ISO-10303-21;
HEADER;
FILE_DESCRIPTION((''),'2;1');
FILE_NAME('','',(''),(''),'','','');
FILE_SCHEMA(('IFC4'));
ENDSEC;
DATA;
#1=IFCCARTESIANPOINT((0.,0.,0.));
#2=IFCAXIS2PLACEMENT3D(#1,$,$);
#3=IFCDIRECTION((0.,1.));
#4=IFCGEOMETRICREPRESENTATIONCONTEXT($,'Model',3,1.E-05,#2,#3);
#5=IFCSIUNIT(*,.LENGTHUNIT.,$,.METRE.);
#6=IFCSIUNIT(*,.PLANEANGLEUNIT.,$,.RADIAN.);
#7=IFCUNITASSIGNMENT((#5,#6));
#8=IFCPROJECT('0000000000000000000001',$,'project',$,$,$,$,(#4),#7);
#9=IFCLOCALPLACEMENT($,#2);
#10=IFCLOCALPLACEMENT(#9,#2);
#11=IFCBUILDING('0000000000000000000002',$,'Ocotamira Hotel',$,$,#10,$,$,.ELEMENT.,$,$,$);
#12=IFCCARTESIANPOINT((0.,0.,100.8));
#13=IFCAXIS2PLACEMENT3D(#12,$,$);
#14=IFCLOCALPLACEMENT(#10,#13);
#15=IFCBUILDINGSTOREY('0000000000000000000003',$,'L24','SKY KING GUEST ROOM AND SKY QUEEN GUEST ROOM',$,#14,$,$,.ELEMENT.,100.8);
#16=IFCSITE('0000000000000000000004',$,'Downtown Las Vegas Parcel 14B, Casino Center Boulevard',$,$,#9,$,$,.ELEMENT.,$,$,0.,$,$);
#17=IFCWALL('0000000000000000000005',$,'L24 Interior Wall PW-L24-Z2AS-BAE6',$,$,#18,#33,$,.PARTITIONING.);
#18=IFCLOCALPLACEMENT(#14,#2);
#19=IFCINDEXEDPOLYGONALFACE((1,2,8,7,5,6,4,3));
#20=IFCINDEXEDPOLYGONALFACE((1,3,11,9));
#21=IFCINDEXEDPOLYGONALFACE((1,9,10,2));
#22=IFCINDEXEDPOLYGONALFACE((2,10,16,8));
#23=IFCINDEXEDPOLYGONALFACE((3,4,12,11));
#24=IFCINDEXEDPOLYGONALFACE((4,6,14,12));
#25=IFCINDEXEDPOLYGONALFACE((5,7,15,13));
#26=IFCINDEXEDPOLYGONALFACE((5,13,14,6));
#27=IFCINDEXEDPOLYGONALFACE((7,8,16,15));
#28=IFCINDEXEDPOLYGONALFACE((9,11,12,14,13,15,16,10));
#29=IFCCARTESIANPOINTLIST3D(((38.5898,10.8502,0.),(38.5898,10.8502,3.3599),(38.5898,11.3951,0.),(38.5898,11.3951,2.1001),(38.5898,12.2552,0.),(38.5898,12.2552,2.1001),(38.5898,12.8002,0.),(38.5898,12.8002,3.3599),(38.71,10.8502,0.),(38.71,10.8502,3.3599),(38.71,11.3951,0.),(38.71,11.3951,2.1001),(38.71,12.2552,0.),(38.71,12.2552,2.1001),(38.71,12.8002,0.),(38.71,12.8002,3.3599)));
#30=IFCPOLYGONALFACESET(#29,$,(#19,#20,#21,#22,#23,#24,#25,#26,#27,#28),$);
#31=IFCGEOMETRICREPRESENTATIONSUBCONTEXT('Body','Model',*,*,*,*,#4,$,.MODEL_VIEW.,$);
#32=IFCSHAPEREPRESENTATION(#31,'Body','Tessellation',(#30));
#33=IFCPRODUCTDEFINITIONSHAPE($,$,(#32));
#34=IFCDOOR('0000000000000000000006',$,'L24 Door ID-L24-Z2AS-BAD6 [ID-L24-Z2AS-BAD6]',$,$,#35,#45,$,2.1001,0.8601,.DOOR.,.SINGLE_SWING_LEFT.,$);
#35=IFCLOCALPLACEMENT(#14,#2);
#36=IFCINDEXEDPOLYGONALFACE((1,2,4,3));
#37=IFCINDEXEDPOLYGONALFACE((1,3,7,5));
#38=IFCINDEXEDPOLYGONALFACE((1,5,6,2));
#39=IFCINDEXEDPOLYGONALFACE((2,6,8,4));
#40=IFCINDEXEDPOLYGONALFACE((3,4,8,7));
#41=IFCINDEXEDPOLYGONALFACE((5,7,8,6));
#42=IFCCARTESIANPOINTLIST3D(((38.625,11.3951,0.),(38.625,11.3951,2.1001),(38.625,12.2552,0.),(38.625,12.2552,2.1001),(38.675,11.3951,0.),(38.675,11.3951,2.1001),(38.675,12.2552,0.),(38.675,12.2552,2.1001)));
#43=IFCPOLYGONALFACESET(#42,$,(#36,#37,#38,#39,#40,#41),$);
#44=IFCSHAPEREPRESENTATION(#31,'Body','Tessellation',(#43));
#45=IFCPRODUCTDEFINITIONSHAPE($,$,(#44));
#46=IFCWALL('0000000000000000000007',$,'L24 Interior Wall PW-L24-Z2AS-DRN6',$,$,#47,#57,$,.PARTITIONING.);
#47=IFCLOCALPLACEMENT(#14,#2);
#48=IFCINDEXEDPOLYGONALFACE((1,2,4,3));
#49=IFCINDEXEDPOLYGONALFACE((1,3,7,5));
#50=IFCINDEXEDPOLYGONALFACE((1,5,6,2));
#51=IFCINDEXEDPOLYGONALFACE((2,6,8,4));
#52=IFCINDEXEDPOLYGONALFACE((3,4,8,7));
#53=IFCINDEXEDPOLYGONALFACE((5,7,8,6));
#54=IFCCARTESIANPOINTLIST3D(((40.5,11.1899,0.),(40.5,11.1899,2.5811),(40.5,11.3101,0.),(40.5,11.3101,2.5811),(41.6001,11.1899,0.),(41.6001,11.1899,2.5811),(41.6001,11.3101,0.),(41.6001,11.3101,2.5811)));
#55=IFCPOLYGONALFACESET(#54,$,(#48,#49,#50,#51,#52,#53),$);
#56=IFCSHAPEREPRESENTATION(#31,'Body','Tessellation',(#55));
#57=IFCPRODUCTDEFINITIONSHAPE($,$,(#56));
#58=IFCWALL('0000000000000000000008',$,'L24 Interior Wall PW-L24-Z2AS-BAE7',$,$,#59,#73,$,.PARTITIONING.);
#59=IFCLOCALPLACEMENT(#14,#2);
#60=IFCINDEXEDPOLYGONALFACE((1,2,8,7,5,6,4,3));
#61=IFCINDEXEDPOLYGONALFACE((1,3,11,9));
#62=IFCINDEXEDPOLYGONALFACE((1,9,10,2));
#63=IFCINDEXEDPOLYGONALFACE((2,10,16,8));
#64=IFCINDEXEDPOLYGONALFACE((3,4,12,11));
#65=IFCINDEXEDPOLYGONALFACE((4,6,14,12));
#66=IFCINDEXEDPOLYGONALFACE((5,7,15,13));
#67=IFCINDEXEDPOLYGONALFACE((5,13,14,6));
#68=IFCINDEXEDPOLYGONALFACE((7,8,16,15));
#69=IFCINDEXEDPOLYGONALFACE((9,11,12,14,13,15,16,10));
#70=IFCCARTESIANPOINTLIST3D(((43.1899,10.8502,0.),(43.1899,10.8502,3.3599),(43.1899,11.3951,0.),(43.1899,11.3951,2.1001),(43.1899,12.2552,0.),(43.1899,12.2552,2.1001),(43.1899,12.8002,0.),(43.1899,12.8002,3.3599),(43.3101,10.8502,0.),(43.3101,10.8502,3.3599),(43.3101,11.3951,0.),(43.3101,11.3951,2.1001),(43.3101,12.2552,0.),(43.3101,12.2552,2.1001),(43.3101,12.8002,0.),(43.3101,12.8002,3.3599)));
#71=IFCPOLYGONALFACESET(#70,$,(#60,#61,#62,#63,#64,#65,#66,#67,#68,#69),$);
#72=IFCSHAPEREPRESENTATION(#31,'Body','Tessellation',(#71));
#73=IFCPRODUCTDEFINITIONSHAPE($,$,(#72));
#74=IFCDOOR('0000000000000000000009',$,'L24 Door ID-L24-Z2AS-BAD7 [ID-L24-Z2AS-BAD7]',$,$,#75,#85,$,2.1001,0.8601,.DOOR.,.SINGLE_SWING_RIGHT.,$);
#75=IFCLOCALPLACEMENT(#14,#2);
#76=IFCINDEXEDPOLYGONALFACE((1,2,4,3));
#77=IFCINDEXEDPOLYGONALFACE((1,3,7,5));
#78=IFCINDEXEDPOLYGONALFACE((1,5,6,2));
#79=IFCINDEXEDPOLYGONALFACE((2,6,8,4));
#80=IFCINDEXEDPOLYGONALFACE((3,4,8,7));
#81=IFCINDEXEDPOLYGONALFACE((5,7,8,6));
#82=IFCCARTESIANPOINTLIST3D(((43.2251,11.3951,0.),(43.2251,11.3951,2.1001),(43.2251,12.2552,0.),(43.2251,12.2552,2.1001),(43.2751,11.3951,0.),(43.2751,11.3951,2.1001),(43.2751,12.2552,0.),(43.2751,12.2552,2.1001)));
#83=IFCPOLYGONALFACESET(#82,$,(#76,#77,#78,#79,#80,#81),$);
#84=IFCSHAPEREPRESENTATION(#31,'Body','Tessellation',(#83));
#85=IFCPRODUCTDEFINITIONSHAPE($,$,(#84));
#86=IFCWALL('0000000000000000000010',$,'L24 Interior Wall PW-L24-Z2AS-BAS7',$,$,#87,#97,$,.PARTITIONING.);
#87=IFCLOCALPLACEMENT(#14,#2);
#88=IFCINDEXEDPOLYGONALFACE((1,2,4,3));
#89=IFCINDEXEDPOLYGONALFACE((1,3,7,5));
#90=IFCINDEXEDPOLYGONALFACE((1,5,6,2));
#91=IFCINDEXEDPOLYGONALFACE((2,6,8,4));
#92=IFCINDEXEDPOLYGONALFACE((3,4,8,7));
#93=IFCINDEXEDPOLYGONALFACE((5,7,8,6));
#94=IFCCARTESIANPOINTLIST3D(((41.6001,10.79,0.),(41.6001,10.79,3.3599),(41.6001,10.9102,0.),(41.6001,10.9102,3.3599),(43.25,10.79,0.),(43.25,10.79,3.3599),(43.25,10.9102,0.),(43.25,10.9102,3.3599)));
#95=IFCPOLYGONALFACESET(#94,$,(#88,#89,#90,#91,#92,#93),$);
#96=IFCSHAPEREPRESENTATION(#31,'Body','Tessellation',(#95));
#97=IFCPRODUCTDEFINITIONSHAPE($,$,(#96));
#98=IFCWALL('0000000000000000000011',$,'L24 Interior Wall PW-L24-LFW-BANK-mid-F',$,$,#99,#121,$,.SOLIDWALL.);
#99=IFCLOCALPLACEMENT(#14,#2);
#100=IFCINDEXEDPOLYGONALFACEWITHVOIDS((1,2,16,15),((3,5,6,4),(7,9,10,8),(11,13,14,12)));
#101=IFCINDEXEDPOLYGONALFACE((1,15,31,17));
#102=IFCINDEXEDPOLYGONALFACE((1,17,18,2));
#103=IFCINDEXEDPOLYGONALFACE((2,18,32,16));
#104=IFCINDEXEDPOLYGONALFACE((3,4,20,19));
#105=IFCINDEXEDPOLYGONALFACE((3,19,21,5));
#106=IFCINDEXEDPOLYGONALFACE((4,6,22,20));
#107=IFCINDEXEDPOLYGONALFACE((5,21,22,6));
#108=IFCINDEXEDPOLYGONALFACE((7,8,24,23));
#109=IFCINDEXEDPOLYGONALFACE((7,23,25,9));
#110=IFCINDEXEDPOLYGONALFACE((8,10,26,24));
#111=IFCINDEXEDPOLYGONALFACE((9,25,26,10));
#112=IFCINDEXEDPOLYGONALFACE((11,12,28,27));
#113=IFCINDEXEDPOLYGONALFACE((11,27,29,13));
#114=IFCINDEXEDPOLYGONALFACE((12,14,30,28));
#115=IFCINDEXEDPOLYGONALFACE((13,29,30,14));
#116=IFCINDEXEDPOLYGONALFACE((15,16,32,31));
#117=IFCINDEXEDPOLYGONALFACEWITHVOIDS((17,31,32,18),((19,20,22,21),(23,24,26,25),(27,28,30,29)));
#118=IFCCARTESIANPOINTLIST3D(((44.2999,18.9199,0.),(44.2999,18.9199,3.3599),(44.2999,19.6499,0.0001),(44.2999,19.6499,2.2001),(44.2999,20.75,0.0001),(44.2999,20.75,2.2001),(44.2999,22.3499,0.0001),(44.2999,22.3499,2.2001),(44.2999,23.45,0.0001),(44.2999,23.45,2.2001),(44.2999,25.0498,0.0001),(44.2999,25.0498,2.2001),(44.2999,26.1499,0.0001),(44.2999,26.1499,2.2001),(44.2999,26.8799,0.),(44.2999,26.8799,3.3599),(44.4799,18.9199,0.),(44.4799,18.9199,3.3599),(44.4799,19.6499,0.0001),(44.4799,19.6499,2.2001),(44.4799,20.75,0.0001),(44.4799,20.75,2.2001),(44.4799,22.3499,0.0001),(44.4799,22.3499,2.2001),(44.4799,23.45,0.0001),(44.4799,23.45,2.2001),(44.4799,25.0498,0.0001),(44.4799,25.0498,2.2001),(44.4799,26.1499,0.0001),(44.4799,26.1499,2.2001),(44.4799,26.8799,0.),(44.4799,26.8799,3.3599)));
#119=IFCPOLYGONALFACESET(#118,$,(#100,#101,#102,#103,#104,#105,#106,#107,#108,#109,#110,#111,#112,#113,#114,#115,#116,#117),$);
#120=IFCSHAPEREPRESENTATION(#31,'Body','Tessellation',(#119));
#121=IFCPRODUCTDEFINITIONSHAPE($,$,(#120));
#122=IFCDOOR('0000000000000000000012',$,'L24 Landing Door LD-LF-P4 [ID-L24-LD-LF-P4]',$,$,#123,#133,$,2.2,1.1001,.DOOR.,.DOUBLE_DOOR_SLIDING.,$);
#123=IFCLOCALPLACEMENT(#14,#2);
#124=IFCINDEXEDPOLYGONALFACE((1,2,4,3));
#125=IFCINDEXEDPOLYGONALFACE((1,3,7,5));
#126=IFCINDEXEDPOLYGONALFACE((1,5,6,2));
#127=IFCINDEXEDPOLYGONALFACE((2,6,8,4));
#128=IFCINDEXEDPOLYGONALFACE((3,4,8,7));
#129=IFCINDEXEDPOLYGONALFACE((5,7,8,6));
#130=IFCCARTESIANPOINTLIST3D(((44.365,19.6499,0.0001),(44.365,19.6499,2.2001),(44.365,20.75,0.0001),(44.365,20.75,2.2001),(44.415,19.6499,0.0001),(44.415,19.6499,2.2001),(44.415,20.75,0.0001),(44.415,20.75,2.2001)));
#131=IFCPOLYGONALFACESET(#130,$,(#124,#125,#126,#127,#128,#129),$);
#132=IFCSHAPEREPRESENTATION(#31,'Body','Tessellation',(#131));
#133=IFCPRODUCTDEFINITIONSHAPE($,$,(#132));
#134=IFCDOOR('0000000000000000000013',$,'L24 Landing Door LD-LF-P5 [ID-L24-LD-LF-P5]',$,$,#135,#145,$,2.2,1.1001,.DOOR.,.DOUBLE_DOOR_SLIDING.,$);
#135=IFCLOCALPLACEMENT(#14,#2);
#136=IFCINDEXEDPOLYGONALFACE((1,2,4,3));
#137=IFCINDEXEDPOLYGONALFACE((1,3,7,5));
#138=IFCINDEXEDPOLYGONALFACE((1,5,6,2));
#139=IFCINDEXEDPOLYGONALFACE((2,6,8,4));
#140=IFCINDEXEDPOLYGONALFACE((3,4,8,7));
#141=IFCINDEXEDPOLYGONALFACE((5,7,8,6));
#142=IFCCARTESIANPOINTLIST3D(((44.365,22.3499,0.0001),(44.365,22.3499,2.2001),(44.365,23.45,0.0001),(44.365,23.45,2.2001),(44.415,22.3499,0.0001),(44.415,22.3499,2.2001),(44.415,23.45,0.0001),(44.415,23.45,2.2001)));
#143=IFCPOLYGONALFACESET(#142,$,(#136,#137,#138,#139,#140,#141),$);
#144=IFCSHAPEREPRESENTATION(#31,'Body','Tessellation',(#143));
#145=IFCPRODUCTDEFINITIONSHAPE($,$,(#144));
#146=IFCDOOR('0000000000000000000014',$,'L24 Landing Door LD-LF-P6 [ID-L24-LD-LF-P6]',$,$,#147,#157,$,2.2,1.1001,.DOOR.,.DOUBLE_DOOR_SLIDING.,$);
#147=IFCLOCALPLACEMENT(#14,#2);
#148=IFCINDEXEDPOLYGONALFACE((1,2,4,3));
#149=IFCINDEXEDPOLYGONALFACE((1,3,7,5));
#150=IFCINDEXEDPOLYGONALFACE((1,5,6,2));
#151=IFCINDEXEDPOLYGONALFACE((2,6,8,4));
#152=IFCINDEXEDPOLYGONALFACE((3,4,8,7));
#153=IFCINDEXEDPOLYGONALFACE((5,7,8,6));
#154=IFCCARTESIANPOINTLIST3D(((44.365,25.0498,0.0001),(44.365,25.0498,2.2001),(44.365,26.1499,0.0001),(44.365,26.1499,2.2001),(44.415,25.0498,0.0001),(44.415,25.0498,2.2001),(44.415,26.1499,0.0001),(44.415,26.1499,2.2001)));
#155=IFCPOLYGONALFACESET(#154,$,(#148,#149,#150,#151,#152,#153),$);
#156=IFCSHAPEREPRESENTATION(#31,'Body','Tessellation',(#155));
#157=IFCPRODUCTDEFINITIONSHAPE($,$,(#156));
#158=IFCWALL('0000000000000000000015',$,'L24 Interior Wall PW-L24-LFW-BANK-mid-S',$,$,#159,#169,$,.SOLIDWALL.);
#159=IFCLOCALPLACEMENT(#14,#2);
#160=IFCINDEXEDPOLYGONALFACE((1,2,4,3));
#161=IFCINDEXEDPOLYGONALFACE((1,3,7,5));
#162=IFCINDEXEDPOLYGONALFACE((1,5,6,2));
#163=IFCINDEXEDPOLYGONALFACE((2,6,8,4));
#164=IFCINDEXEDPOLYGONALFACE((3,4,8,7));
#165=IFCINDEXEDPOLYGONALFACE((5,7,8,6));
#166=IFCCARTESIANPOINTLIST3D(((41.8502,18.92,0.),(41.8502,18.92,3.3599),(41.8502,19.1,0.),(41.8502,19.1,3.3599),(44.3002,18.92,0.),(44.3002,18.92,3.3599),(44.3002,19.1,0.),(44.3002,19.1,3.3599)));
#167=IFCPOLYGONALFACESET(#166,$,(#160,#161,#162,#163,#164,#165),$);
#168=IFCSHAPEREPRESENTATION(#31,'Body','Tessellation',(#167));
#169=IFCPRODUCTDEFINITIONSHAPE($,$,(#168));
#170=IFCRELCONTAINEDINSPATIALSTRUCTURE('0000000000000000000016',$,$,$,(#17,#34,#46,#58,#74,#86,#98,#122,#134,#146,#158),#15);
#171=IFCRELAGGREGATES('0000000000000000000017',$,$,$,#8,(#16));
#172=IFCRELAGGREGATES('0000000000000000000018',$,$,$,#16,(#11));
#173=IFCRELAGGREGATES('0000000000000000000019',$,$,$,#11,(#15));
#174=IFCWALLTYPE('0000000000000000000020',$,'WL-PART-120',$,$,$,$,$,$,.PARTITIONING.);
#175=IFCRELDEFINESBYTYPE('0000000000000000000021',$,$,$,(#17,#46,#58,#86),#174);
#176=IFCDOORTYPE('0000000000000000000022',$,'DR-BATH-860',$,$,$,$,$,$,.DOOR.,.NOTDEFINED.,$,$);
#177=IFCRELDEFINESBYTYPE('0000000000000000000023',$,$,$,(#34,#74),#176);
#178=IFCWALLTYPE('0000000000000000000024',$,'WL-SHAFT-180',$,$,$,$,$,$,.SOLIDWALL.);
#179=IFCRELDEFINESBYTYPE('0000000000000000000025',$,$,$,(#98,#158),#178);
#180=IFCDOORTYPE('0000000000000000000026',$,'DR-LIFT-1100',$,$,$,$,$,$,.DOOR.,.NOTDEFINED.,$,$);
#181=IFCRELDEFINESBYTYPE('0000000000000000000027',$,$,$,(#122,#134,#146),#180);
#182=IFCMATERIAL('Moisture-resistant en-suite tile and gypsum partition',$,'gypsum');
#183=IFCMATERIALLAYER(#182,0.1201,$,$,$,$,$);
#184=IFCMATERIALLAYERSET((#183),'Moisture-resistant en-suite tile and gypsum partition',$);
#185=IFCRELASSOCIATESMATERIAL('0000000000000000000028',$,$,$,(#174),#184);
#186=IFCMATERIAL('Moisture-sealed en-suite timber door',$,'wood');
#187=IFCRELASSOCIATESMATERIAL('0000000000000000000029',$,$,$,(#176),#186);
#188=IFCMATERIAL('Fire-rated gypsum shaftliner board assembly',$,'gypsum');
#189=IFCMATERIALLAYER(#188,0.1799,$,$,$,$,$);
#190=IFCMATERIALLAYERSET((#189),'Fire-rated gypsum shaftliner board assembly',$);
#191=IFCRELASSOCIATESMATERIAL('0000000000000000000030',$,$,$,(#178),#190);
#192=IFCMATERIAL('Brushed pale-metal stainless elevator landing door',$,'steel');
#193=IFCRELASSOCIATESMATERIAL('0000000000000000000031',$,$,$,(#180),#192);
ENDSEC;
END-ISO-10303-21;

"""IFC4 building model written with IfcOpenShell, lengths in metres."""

from ifc_helpers import new_model, si_unit, direction, frame, frame_2d, origin, place, context, subcontext, project, spatial, rectangle, extrude, source, transform, mapped, material, layer, layer_set, type_object, element, fill, save


model = new_model("IFC4")

# Units and contexts
model_context = context("Model", 3, precision=1e-05, world=origin(), true_north=direction((0.0, 1.0)))
body_context = subcontext(model_context, "Body", "Model", "MODEL_VIEW")
ifc_project = project(units=[si_unit("LENGTHUNIT", "METRE"), si_unit("PLANEANGLEUNIT", "RADIAN")], contexts=[model_context])

# Site, building, storey
site_placement = place(None, origin())
site = spatial("IfcSite", under=ifc_project, at=site_placement, Name="Downtown Las Vegas Parcel 14B, Casino Center Boulevard", CompositionType="ELEMENT", RefElevation=0.0)
building_placement = place(site_placement, origin())
building = spatial("IfcBuilding", under=site, at=building_placement, Name="Ocotamira Hotel", CompositionType="ELEMENT")
storey_placement = place(building_placement, frame((0.0, 0.0, 100.8)))
storey = spatial("IfcBuildingStorey", under=building, at=storey_placement, Name="L24", Description="SKY KING GUEST ROOM AND SKY QUEEN GUEST ROOM", CompositionType="ELEMENT", Elevation=100.8)

# Shared definitions
ifc_material_1 = material(Name="Moisture-resistant en-suite tile and gypsum partition", Category="gypsum")
ifc_layer_1 = layer(ifc_material_1, 0.1201)
ifc_layer_set_1 = layer_set([ifc_layer_1], Name="Moisture-resistant en-suite tile and gypsum partition")
wall_type_1 = type_object("IfcWallType", Name="WL-PART-120", PredefinedType="PARTITIONING", material=ifc_layer_set_1)

# Wall, opening, door
wall_1_placement = place(storey_placement, frame((38.6499, 10.8501, 0.0), z_axis=(0.0, 0.0, 1.0), x_axis=(0.0, 1.0, 0.0)))
wall_1 = element("IfcWall", 1, at=wall_1_placement, inside=storey, type_object=wall_type_1, Name="L24 Interior Wall PW-L24-Z2AS-BAE6", PredefinedType="PARTITIONING", context=body_context, shape_type="SweptSolid", body=[
    extrude(rectangle(XDim=1.95, YDim=0.1201, at=frame_2d((0.9751, 0.0))), origin(), (0.0, 0.0, 1.0), 3.3599),
])
opening_1_placement = place(wall_1_placement, frame((0.5449, 0.0, 0.0)))
opening_1 = element("IfcOpeningElement", 2, at=opening_1_placement, cuts=wall_1, PredefinedType="OPENING", context=body_context, shape_type="SweptSolid", body=[
    extrude(rectangle(XDim=0.8601, YDim=2.1001, at=frame_2d((0.4302, 1.05))), frame((0.0, 0.0701, 0.0), z_axis=(0.0, -1.0, 0.0), x_axis=(1.0, 0.0, 0.0)), (0.0, 0.0, 1.0), 0.1401),
])
ifc_material_2 = material(Name="Moisture-sealed en-suite timber door", Category="wood")
door_type_1 = type_object("IfcDoorType", Name="DR-BATH-860", OperationType="NOTDEFINED", PredefinedType="DOOR", material=ifc_material_2)
shared_shape_1 = source(origin(), body_context, "Body", "SweptSolid", [
    extrude(rectangle(XDim=0.8601, YDim=2.1001, at=frame_2d((0.4302, 1.05))), frame((0.0, 0.0249, 0.0), z_axis=(0.0, -1.0, 0.0), x_axis=(1.0, 0.0, 0.0)), (0.0, 0.0, 1.0), 0.05),
])
door_1_placement = place(opening_1_placement, origin())
door_1 = element("IfcDoor", 3, at=door_1_placement, inside=storey, type_object=door_type_1, Name="L24 Door ID-L24-Z2AS-BAD6 [ID-L24-Z2AS-BAD6]", OperationType="SINGLE_SWING_LEFT", OverallHeight=2.1001, OverallWidth=0.8601, PredefinedType="DOOR", context=body_context, shape_type="MappedRepresentation", body=[
    mapped(shared_shape_1, transform((0.0, 0.0, 0.0), scale=1.0)),
])
fill(opening_1, door_1)

# Wall
wall_2_placement = place(storey_placement, frame((40.5, 11.25, 0.0), z_axis=(0.0, 0.0, 1.0), x_axis=(1.0, 0.0, 0.0)))
element("IfcWall", 4, at=wall_2_placement, inside=storey, type_object=wall_type_1, Name="L24 Interior Wall PW-L24-Z2AS-DRN6", PredefinedType="PARTITIONING", context=body_context, shape_type="SweptSolid", body=[
    extrude(rectangle(XDim=1.1001, YDim=0.1201, at=frame_2d((0.55, 0.0))), origin(), (0.0, 0.0, 1.0), 2.5811),
])

# Wall, opening, door
wall_3_placement = place(storey_placement, frame((43.25, 10.8501, 0.0), z_axis=(0.0, 0.0, 1.0), x_axis=(0.0, 1.0, 0.0)))
wall_3 = element("IfcWall", 5, at=wall_3_placement, inside=storey, type_object=wall_type_1, Name="L24 Interior Wall PW-L24-Z2AS-BAE7", PredefinedType="PARTITIONING", context=body_context, shape_type="SweptSolid", body=[
    extrude(rectangle(XDim=1.95, YDim=0.1201, at=frame_2d((0.9751, 0.0))), origin(), (0.0, 0.0, 1.0), 3.3599),
])
opening_2_placement = place(wall_3_placement, frame((0.5449, 0.0, 0.0)))
opening_2 = element("IfcOpeningElement", 6, at=opening_2_placement, cuts=wall_3, PredefinedType="OPENING", context=body_context, shape_type="SweptSolid", body=[
    extrude(rectangle(XDim=0.8601, YDim=2.1001, at=frame_2d((0.4302, 1.05))), frame((0.0, 0.0701, 0.0), z_axis=(0.0, -1.0, 0.0), x_axis=(1.0, 0.0, 0.0)), (0.0, 0.0, 1.0), 0.1401),
])
door_2_placement = place(opening_2_placement, origin())
door_2 = element("IfcDoor", 7, at=door_2_placement, inside=storey, type_object=door_type_1, Name="L24 Door ID-L24-Z2AS-BAD7 [ID-L24-Z2AS-BAD7]", OperationType="SINGLE_SWING_RIGHT", OverallHeight=2.1001, OverallWidth=0.8601, PredefinedType="DOOR", context=body_context, shape_type="MappedRepresentation", body=[
    mapped(shared_shape_1, transform((0.0, 0.0, 0.0), scale=1.0)),
])
fill(opening_2, door_2)

# Wall
wall_4_placement = place(storey_placement, frame((41.6001, 10.8501, 0.0), z_axis=(0.0, 0.0, 1.0), x_axis=(1.0, 0.0, 0.0)))
element("IfcWall", 8, at=wall_4_placement, inside=storey, type_object=wall_type_1, Name="L24 Interior Wall PW-L24-Z2AS-BAS7", PredefinedType="PARTITIONING", context=body_context, shape_type="SweptSolid", body=[
    extrude(rectangle(XDim=1.6499, YDim=0.1201, at=frame_2d((0.825, 0.0))), origin(), (0.0, 0.0, 1.0), 3.3599),
])

# Wall, openings, doors
ifc_material_3 = material(Name="Fire-rated gypsum shaftliner board assembly", Category="gypsum")
ifc_layer_2 = layer(ifc_material_3, 0.1799)
ifc_layer_set_2 = layer_set([ifc_layer_2], Name="Fire-rated gypsum shaftliner board assembly")
wall_type_2 = type_object("IfcWallType", Name="WL-SHAFT-180", PredefinedType="SOLIDWALL", material=ifc_layer_set_2)
wall_5_placement = place(storey_placement, frame((44.3899, 18.9199, 0.0), z_axis=(0.0, 0.0, 1.0), x_axis=(0.0, 1.0, 0.0)))
wall_5 = element("IfcWall", 9, at=wall_5_placement, inside=storey, type_object=wall_type_2, Name="L24 Interior Wall PW-L24-LFW-BANK-mid-F", PredefinedType="SOLIDWALL", context=body_context, shape_type="SweptSolid", body=[
    extrude(rectangle(XDim=7.96, YDim=0.1799, at=frame_2d((3.98, 0.0))), origin(), (0.0, 0.0, 1.0), 3.3599),
])
opening_3_placement = place(wall_5_placement, frame((0.73, 0.0, 0.0)))
opening_3 = element("IfcOpeningElement", 10, at=opening_3_placement, cuts=wall_5, PredefinedType="OPENING", context=body_context, shape_type="SweptSolid", body=[
    extrude(rectangle(XDim=1.1001, YDim=2.2, at=frame_2d((0.55, 1.1001))), frame((0.0, 0.1001, 0.0), z_axis=(0.0, -1.0, 0.0), x_axis=(1.0, 0.0, 0.0)), (0.0, 0.0, 1.0), 0.2),
])
opening_4_placement = place(wall_5_placement, frame((3.4299, 0.0, 0.0)))
opening_4 = element("IfcOpeningElement", 11, at=opening_4_placement, cuts=wall_5, PredefinedType="OPENING", context=body_context, shape_type="SweptSolid", body=[
    extrude(rectangle(XDim=1.1001, YDim=2.2, at=frame_2d((0.55, 1.1001))), frame((0.0, 0.1001, 0.0), z_axis=(0.0, -1.0, 0.0), x_axis=(1.0, 0.0, 0.0)), (0.0, 0.0, 1.0), 0.2),
])
opening_5_placement = place(wall_5_placement, frame((6.1299, 0.0, 0.0)))
opening_5 = element("IfcOpeningElement", 12, at=opening_5_placement, cuts=wall_5, PredefinedType="OPENING", context=body_context, shape_type="SweptSolid", body=[
    extrude(rectangle(XDim=1.1001, YDim=2.2, at=frame_2d((0.55, 1.1001))), frame((0.0, 0.1001, 0.0), z_axis=(0.0, -1.0, 0.0), x_axis=(1.0, 0.0, 0.0)), (0.0, 0.0, 1.0), 0.2),
])
ifc_material_4 = material(Name="Brushed pale-metal stainless elevator landing door", Category="steel")
door_type_2 = type_object("IfcDoorType", Name="DR-LIFT-1100", OperationType="NOTDEFINED", PredefinedType="DOOR", material=ifc_material_4)
shared_shape_2 = source(origin(), body_context, "Body", "SweptSolid", [
    extrude(rectangle(XDim=1.1001, YDim=2.2, at=frame_2d((0.55, 1.1001))), frame((0.0, 0.0249, 0.0), z_axis=(0.0, -1.0, 0.0), x_axis=(1.0, 0.0, 0.0)), (0.0, 0.0, 1.0), 0.05),
])
door_3_placement = place(opening_3_placement, origin())
door_3 = element("IfcDoor", 13, at=door_3_placement, inside=storey, type_object=door_type_2, Name="L24 Landing Door LD-LF-P4 [ID-L24-LD-LF-P4]", OperationType="DOUBLE_DOOR_SLIDING", OverallHeight=2.2, OverallWidth=1.1001, PredefinedType="DOOR", context=body_context, shape_type="MappedRepresentation", body=[
    mapped(shared_shape_2, transform((0.0, 0.0, 0.0), scale=1.0)),
])
fill(opening_3, door_3)
door_4_placement = place(opening_4_placement, origin())
door_4 = element("IfcDoor", 14, at=door_4_placement, inside=storey, type_object=door_type_2, Name="L24 Landing Door LD-LF-P5 [ID-L24-LD-LF-P5]", OperationType="DOUBLE_DOOR_SLIDING", OverallHeight=2.2, OverallWidth=1.1001, PredefinedType="DOOR", context=body_context, shape_type="MappedRepresentation", body=[
    mapped(shared_shape_2, transform((0.0, 0.0, 0.0), scale=1.0)),
])
fill(opening_4, door_4)
door_5_placement = place(opening_5_placement, origin())
door_5 = element("IfcDoor", 15, at=door_5_placement, inside=storey, type_object=door_type_2, Name="L24 Landing Door LD-LF-P6 [ID-L24-LD-LF-P6]", OperationType="DOUBLE_DOOR_SLIDING", OverallHeight=2.2, OverallWidth=1.1001, PredefinedType="DOOR", context=body_context, shape_type="MappedRepresentation", body=[
    mapped(shared_shape_2, transform((0.0, 0.0, 0.0), scale=1.0)),
])
fill(opening_5, door_5)

# Wall
for number, where, z_axis, x_axis, name in (
    (16, (41.8501, 19.01, 0.0), (0.0, 0.0, 1.0), (1.0, 0.0, 0.0), "L24 Interior Wall PW-L24-LFW-BANK-mid-S"),
):
    element("IfcWall", number, at=place(storey_placement, frame(where, z_axis=z_axis, x_axis=x_axis)), inside=storey, type_object=wall_type_2, Name=name, PredefinedType="SOLIDWALL", context=body_context, shape_type="SweptSolid", body=[
        extrude(rectangle(XDim=2.45, YDim=0.1799, at=frame_2d((1.2251, 0.0))), origin(), (0.0, 0.0, 1.0), 3.3599),
    ])

save(model, "model.ifc")
